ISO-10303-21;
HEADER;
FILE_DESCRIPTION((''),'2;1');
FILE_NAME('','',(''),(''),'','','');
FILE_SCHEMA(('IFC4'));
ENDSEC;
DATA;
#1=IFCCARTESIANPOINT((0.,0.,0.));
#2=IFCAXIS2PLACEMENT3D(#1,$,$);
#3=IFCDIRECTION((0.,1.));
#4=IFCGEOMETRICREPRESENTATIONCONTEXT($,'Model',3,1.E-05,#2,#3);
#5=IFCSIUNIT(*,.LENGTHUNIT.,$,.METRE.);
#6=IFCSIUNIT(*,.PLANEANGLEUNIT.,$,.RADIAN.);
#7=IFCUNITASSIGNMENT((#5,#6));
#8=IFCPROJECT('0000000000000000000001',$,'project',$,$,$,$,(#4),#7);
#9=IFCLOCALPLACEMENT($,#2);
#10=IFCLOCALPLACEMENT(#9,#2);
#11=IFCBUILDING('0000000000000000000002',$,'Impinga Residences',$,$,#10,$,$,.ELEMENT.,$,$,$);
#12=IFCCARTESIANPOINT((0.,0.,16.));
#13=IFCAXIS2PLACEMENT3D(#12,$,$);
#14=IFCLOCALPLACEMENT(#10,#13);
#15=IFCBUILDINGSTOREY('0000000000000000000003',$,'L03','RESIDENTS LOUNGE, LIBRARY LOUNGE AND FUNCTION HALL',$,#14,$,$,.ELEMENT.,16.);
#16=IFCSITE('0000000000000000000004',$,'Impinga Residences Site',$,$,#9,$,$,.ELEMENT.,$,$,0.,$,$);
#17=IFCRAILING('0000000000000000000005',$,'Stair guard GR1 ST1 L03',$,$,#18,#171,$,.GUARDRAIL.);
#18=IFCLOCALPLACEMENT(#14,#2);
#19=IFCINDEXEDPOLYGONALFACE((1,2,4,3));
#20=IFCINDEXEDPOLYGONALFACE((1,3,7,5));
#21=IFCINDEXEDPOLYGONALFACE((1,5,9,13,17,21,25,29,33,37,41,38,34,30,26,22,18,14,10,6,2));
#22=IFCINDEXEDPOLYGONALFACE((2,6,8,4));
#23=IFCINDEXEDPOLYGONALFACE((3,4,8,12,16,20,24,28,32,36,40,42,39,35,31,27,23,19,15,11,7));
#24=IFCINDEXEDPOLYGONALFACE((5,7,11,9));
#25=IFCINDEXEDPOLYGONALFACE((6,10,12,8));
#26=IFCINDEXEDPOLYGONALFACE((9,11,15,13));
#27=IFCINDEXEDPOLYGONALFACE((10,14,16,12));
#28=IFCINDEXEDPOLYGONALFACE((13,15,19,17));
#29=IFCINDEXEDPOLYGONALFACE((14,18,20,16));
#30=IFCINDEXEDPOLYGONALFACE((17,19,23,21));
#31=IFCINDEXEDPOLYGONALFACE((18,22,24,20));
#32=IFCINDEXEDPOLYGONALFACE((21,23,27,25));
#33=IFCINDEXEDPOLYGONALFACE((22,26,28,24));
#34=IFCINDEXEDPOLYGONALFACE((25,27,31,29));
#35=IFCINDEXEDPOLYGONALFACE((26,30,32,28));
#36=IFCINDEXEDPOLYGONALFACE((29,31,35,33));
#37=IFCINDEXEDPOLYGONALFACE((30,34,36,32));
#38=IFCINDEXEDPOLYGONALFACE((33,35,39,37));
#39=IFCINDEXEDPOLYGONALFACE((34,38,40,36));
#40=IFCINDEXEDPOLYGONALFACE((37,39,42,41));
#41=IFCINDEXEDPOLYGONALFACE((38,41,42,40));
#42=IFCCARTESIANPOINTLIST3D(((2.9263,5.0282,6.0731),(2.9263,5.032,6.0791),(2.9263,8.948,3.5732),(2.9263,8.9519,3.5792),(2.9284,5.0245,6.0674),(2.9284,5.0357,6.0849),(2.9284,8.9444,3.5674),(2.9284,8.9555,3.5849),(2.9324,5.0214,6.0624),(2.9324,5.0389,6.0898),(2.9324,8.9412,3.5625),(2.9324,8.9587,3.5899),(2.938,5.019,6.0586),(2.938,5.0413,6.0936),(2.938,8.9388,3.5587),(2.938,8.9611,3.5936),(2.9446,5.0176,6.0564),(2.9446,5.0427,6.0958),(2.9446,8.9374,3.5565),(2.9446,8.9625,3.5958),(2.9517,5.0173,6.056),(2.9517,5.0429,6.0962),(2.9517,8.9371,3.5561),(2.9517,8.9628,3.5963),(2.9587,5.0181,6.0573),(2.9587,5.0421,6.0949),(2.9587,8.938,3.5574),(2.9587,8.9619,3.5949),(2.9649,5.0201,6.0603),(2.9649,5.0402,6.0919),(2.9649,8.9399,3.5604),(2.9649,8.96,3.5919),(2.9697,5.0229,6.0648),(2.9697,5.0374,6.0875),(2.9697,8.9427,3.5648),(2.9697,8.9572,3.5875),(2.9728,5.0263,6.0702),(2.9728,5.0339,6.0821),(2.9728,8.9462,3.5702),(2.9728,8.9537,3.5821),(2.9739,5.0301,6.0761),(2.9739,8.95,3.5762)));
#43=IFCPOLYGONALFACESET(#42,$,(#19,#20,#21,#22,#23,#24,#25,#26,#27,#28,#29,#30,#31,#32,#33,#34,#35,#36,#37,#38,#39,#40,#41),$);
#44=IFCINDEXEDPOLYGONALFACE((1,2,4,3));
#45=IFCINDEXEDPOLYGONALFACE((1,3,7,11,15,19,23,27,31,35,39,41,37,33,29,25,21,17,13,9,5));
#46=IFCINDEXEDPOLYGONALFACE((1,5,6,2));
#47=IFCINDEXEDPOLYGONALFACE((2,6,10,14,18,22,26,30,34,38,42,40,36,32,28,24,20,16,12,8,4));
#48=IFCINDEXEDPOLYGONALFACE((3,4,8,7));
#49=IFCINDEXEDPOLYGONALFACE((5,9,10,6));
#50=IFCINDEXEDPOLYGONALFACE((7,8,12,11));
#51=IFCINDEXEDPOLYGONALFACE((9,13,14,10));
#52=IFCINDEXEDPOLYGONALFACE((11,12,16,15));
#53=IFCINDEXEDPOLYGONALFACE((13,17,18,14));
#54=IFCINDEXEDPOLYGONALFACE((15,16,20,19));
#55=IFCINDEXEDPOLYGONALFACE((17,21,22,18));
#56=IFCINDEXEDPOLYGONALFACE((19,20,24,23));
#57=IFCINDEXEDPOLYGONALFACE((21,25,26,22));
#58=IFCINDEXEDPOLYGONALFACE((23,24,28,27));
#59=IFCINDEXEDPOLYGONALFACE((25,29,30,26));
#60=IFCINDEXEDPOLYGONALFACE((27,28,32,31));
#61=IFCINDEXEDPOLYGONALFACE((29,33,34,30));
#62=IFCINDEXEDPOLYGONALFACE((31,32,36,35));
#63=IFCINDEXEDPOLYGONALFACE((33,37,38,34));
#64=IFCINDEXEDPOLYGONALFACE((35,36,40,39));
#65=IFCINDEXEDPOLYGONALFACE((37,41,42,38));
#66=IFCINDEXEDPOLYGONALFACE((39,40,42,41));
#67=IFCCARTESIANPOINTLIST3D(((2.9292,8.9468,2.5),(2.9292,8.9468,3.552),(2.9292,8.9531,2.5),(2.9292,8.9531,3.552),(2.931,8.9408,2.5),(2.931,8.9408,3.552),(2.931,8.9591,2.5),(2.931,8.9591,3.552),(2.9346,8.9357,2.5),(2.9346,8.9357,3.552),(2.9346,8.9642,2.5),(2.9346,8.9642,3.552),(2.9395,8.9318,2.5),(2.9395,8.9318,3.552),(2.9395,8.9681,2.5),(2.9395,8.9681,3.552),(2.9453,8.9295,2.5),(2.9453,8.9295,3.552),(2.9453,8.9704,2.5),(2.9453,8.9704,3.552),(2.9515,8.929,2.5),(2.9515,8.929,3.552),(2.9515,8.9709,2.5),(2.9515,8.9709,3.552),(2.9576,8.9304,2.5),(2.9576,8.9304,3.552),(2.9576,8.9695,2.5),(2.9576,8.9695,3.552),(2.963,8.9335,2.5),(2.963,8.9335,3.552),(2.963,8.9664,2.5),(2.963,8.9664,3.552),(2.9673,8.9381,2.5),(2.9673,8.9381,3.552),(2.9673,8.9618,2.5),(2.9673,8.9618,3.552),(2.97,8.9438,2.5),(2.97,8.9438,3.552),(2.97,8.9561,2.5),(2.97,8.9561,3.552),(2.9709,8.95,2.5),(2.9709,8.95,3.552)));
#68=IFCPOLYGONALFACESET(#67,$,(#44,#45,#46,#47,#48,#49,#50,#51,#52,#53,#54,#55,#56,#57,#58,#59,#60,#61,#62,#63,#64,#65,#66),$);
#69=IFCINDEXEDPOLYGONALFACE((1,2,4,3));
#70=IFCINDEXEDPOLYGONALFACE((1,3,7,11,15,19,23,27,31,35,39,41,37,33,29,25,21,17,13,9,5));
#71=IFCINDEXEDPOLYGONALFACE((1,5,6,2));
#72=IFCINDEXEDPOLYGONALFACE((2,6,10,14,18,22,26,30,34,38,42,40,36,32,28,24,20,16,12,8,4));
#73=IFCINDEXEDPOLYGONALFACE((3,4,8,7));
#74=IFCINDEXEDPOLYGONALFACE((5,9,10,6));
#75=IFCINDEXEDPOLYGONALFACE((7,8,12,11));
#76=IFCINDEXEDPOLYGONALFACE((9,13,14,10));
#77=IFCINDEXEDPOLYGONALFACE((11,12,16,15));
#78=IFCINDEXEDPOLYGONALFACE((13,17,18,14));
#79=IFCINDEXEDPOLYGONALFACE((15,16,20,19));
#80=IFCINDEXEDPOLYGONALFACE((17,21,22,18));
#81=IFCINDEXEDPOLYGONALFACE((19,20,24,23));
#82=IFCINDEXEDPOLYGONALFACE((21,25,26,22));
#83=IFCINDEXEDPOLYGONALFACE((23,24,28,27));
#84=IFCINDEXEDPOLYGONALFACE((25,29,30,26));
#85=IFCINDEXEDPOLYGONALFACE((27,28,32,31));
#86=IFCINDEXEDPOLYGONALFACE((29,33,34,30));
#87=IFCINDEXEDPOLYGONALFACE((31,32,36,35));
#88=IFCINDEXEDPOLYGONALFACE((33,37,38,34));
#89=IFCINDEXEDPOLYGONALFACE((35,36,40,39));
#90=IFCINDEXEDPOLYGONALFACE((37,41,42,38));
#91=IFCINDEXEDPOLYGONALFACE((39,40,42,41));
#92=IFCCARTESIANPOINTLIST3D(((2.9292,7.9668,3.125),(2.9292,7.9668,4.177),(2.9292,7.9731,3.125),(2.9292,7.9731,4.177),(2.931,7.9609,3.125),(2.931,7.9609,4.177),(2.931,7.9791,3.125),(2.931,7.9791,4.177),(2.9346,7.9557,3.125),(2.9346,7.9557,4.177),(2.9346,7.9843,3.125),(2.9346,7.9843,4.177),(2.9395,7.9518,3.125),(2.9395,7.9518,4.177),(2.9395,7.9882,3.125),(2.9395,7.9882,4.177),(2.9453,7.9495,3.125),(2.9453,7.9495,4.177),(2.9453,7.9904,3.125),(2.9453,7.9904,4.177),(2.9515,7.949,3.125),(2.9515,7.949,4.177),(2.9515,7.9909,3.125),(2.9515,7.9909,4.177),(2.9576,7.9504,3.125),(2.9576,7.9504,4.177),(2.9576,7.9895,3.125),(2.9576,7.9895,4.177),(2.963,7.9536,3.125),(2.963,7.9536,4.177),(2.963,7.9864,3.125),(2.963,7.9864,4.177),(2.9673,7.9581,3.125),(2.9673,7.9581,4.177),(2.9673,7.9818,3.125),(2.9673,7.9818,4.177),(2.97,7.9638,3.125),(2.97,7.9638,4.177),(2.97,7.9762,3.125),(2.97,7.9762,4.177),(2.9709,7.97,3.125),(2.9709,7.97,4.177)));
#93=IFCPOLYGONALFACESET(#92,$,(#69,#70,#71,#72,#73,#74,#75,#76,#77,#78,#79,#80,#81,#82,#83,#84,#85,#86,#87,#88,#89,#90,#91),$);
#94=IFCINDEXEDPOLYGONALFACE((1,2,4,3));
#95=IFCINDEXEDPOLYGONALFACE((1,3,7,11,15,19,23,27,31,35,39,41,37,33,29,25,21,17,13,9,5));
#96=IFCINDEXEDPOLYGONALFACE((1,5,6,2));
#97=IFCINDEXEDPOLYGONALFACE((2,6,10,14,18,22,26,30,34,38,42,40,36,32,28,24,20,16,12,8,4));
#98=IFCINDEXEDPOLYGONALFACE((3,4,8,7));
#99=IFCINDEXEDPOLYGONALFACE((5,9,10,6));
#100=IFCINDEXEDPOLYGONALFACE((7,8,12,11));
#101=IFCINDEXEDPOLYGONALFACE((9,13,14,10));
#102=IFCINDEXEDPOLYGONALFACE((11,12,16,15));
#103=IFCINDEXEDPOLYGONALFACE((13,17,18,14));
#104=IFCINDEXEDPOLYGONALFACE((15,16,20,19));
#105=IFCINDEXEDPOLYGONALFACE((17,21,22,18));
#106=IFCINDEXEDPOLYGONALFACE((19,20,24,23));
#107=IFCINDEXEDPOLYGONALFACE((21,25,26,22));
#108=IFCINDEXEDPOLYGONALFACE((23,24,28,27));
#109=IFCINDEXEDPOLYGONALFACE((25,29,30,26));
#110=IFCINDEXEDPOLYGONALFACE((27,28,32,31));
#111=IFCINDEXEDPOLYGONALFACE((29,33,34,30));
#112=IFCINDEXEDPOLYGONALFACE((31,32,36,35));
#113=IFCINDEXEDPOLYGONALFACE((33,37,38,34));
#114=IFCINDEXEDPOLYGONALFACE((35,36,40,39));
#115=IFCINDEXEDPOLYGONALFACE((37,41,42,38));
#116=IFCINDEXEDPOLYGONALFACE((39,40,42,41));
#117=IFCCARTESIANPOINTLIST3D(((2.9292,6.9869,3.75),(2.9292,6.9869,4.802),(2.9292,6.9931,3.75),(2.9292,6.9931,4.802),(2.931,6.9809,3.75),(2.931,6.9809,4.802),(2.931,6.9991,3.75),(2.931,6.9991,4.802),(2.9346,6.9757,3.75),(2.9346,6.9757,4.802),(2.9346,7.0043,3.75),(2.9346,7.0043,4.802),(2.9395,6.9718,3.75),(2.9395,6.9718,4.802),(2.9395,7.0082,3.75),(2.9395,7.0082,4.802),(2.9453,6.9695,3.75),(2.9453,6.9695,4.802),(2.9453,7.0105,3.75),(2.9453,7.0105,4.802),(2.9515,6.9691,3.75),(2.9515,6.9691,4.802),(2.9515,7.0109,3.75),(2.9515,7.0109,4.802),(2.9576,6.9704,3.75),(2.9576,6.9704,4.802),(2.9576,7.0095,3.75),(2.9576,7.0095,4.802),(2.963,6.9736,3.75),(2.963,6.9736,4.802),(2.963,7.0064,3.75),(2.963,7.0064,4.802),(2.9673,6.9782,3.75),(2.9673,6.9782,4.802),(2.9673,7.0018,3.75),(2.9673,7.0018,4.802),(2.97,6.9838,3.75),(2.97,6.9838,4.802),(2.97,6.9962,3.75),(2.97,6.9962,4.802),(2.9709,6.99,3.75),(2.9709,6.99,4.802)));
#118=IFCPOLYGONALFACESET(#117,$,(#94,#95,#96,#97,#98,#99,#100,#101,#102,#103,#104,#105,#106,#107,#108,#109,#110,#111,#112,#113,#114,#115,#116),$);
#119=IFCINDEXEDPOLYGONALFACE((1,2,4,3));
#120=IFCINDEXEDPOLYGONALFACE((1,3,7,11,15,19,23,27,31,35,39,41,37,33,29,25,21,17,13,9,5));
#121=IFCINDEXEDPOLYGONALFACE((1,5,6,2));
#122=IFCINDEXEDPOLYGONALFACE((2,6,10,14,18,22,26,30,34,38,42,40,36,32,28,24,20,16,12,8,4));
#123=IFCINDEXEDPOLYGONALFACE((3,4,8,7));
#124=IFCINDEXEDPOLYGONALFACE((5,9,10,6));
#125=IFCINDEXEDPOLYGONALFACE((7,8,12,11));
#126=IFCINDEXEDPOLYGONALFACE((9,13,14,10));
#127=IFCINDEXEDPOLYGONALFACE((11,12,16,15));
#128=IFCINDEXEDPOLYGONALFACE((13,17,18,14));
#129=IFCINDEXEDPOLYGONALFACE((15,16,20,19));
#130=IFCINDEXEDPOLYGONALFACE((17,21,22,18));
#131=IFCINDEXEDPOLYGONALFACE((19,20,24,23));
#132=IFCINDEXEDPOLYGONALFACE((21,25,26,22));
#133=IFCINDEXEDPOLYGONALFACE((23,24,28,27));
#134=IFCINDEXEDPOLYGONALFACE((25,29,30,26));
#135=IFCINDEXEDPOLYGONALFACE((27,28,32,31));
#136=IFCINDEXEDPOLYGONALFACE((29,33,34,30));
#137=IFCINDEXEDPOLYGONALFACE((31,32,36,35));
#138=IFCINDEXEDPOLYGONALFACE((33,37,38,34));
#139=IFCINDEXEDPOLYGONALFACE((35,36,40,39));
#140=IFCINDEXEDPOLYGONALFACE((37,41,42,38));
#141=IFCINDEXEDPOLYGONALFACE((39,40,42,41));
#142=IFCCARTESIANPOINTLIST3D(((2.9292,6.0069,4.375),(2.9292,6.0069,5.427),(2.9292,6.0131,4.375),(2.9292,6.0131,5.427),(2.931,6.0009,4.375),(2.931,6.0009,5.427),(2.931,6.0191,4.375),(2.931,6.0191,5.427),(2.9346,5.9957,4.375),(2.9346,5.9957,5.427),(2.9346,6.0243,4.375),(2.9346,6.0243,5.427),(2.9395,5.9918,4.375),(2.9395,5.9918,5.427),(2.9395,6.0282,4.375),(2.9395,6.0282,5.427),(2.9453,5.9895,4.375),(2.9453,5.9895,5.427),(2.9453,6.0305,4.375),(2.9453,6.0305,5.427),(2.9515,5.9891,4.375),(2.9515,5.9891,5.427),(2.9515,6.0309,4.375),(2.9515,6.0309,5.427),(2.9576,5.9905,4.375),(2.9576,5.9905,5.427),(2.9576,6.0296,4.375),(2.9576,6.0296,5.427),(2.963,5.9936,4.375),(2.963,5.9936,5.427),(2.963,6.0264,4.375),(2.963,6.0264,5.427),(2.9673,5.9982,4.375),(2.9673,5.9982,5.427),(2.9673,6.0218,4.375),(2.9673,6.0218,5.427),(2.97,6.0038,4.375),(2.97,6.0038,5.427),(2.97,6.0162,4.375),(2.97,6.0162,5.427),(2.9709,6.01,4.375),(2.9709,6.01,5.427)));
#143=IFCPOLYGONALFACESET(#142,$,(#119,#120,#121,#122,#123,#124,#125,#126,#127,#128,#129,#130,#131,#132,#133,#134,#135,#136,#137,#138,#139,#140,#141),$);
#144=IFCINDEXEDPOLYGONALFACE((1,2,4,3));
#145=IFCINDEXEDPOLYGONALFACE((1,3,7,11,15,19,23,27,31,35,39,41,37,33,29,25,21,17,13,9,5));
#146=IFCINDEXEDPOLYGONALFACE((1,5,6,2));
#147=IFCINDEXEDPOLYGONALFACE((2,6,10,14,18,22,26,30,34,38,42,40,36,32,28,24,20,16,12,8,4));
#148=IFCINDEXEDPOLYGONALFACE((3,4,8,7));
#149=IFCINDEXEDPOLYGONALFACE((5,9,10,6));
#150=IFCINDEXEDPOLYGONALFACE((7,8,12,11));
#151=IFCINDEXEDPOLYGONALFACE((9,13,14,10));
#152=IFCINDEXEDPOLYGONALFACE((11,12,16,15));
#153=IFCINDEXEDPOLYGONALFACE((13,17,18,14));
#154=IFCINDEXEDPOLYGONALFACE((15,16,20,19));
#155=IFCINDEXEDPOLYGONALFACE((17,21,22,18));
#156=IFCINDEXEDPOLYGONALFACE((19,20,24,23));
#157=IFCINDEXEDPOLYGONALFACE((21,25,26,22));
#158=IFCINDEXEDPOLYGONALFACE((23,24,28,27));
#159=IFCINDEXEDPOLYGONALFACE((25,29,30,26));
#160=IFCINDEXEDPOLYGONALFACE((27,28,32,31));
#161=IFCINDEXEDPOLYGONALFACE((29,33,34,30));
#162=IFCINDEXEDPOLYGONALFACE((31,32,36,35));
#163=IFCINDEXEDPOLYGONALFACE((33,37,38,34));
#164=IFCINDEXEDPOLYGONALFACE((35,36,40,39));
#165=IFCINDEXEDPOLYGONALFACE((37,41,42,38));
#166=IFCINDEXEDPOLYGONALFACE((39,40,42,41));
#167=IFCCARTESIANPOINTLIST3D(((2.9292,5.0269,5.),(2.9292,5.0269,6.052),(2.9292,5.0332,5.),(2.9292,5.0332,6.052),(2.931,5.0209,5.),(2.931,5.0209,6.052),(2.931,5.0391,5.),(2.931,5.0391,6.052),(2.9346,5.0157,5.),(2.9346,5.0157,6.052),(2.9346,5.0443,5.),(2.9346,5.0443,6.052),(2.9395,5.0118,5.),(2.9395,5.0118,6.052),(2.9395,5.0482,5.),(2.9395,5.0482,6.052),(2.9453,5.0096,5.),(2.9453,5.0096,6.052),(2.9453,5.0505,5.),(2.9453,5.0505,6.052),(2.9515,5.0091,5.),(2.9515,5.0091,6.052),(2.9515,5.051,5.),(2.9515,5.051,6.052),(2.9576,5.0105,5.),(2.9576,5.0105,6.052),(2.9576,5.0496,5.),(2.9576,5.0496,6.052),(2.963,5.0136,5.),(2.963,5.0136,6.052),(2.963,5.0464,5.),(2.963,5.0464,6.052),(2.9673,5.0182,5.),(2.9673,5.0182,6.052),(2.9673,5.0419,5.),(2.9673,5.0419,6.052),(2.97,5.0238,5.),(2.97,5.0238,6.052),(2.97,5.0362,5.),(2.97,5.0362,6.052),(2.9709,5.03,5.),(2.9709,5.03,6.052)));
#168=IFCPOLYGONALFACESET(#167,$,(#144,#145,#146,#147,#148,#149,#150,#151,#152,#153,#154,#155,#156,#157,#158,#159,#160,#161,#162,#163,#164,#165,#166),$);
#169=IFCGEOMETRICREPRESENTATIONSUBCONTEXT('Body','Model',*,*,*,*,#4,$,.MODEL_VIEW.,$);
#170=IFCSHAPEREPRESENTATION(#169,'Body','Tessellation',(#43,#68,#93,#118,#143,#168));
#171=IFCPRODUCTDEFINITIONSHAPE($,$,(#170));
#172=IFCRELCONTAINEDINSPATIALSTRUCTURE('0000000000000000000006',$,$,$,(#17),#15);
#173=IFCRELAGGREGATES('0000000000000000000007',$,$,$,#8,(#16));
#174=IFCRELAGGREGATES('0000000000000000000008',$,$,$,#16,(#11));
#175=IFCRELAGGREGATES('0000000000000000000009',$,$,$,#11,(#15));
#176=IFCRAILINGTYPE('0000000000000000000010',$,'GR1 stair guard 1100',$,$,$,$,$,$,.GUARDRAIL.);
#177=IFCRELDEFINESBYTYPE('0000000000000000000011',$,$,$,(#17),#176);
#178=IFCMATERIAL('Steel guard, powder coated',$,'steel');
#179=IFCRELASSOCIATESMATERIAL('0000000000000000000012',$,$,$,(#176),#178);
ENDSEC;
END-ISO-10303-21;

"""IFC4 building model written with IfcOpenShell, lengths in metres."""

from ifc_helpers import new_model, si_unit, direction, frame, origin, origin_2d, place, context, subcontext, project, spatial, circle, extrude, material, type_object, element, save


model = new_model("IFC4")

# Units and contexts
model_context = context("Model", 3, precision=1e-05, world=origin(), true_north=direction((0.0, 1.0)))
body_context = subcontext(model_context, "Body", "Model", "MODEL_VIEW")
ifc_project = project(units=[si_unit("LENGTHUNIT", "METRE"), si_unit("PLANEANGLEUNIT", "RADIAN")], contexts=[model_context])

# Site, building, storey
site_placement = place(None, origin())
site = spatial("IfcSite", under=ifc_project, at=site_placement, Name="Impinga Residences Site", CompositionType="ELEMENT", RefElevation=0.0)
building_placement = place(site_placement, origin())
building = spatial("IfcBuilding", under=site, at=building_placement, Name="Impinga Residences", CompositionType="ELEMENT")
storey_placement = place(building_placement, frame((0.0, 0.0, 16.0)))
storey = spatial("IfcBuildingStorey", under=building, at=storey_placement, Name="L03", Description="RESIDENTS LOUNGE, LIBRARY LOUNGE AND FUNCTION HALL", CompositionType="ELEMENT", Elevation=16.0)

# Railing
ifc_material_1 = material(Name="Steel guard, powder coated", Category="steel")
railing_type_1 = type_object("IfcRailingType", Name="GR1 stair guard 1100", PredefinedType="GUARDRAIL", material=ifc_material_1)
railing_1_placement = place(storey_placement, frame((2.95, 8.95, 2.5)))
element("IfcRailing", 1, at=railing_1_placement, inside=storey, type_object=railing_type_1, Name="Stair guard GR1 ST1 L03", PredefinedType="GUARDRAIL", context=body_context, shape_type="SweptSolid", body=[
    extrude(circle(Radius=0.0239, at=origin_2d()), frame((0.0, 0.0, 1.0762), z_axis=(0.0, -0.843125, 0.537718), x_axis=(1.0, 0.0, 0.0)), (0.0, 0.0, 1.0), 4.6492),
    extrude(circle(Radius=0.021, at=origin_2d()), origin(), (0.0, 0.0, 1.0), 1.052),
    extrude(circle(Radius=0.021, at=origin_2d()), frame((0.0, -0.98, 0.625)), (0.0, 0.0, 1.0), 1.052),
    extrude(circle(Radius=0.021, at=origin_2d()), frame((0.0, -1.96, 1.25)), (0.0, 0.0, 1.0), 1.052),
    extrude(circle(Radius=0.021, at=origin_2d()), frame((0.0, -2.9399, 1.875)), (0.0, 0.0, 1.0), 1.052),
    extrude(circle(Radius=0.021, at=origin_2d()), frame((0.0, -3.9199, 2.5)), (0.0, 0.0, 1.0), 1.052),
])

save(model, "model.ifc")
